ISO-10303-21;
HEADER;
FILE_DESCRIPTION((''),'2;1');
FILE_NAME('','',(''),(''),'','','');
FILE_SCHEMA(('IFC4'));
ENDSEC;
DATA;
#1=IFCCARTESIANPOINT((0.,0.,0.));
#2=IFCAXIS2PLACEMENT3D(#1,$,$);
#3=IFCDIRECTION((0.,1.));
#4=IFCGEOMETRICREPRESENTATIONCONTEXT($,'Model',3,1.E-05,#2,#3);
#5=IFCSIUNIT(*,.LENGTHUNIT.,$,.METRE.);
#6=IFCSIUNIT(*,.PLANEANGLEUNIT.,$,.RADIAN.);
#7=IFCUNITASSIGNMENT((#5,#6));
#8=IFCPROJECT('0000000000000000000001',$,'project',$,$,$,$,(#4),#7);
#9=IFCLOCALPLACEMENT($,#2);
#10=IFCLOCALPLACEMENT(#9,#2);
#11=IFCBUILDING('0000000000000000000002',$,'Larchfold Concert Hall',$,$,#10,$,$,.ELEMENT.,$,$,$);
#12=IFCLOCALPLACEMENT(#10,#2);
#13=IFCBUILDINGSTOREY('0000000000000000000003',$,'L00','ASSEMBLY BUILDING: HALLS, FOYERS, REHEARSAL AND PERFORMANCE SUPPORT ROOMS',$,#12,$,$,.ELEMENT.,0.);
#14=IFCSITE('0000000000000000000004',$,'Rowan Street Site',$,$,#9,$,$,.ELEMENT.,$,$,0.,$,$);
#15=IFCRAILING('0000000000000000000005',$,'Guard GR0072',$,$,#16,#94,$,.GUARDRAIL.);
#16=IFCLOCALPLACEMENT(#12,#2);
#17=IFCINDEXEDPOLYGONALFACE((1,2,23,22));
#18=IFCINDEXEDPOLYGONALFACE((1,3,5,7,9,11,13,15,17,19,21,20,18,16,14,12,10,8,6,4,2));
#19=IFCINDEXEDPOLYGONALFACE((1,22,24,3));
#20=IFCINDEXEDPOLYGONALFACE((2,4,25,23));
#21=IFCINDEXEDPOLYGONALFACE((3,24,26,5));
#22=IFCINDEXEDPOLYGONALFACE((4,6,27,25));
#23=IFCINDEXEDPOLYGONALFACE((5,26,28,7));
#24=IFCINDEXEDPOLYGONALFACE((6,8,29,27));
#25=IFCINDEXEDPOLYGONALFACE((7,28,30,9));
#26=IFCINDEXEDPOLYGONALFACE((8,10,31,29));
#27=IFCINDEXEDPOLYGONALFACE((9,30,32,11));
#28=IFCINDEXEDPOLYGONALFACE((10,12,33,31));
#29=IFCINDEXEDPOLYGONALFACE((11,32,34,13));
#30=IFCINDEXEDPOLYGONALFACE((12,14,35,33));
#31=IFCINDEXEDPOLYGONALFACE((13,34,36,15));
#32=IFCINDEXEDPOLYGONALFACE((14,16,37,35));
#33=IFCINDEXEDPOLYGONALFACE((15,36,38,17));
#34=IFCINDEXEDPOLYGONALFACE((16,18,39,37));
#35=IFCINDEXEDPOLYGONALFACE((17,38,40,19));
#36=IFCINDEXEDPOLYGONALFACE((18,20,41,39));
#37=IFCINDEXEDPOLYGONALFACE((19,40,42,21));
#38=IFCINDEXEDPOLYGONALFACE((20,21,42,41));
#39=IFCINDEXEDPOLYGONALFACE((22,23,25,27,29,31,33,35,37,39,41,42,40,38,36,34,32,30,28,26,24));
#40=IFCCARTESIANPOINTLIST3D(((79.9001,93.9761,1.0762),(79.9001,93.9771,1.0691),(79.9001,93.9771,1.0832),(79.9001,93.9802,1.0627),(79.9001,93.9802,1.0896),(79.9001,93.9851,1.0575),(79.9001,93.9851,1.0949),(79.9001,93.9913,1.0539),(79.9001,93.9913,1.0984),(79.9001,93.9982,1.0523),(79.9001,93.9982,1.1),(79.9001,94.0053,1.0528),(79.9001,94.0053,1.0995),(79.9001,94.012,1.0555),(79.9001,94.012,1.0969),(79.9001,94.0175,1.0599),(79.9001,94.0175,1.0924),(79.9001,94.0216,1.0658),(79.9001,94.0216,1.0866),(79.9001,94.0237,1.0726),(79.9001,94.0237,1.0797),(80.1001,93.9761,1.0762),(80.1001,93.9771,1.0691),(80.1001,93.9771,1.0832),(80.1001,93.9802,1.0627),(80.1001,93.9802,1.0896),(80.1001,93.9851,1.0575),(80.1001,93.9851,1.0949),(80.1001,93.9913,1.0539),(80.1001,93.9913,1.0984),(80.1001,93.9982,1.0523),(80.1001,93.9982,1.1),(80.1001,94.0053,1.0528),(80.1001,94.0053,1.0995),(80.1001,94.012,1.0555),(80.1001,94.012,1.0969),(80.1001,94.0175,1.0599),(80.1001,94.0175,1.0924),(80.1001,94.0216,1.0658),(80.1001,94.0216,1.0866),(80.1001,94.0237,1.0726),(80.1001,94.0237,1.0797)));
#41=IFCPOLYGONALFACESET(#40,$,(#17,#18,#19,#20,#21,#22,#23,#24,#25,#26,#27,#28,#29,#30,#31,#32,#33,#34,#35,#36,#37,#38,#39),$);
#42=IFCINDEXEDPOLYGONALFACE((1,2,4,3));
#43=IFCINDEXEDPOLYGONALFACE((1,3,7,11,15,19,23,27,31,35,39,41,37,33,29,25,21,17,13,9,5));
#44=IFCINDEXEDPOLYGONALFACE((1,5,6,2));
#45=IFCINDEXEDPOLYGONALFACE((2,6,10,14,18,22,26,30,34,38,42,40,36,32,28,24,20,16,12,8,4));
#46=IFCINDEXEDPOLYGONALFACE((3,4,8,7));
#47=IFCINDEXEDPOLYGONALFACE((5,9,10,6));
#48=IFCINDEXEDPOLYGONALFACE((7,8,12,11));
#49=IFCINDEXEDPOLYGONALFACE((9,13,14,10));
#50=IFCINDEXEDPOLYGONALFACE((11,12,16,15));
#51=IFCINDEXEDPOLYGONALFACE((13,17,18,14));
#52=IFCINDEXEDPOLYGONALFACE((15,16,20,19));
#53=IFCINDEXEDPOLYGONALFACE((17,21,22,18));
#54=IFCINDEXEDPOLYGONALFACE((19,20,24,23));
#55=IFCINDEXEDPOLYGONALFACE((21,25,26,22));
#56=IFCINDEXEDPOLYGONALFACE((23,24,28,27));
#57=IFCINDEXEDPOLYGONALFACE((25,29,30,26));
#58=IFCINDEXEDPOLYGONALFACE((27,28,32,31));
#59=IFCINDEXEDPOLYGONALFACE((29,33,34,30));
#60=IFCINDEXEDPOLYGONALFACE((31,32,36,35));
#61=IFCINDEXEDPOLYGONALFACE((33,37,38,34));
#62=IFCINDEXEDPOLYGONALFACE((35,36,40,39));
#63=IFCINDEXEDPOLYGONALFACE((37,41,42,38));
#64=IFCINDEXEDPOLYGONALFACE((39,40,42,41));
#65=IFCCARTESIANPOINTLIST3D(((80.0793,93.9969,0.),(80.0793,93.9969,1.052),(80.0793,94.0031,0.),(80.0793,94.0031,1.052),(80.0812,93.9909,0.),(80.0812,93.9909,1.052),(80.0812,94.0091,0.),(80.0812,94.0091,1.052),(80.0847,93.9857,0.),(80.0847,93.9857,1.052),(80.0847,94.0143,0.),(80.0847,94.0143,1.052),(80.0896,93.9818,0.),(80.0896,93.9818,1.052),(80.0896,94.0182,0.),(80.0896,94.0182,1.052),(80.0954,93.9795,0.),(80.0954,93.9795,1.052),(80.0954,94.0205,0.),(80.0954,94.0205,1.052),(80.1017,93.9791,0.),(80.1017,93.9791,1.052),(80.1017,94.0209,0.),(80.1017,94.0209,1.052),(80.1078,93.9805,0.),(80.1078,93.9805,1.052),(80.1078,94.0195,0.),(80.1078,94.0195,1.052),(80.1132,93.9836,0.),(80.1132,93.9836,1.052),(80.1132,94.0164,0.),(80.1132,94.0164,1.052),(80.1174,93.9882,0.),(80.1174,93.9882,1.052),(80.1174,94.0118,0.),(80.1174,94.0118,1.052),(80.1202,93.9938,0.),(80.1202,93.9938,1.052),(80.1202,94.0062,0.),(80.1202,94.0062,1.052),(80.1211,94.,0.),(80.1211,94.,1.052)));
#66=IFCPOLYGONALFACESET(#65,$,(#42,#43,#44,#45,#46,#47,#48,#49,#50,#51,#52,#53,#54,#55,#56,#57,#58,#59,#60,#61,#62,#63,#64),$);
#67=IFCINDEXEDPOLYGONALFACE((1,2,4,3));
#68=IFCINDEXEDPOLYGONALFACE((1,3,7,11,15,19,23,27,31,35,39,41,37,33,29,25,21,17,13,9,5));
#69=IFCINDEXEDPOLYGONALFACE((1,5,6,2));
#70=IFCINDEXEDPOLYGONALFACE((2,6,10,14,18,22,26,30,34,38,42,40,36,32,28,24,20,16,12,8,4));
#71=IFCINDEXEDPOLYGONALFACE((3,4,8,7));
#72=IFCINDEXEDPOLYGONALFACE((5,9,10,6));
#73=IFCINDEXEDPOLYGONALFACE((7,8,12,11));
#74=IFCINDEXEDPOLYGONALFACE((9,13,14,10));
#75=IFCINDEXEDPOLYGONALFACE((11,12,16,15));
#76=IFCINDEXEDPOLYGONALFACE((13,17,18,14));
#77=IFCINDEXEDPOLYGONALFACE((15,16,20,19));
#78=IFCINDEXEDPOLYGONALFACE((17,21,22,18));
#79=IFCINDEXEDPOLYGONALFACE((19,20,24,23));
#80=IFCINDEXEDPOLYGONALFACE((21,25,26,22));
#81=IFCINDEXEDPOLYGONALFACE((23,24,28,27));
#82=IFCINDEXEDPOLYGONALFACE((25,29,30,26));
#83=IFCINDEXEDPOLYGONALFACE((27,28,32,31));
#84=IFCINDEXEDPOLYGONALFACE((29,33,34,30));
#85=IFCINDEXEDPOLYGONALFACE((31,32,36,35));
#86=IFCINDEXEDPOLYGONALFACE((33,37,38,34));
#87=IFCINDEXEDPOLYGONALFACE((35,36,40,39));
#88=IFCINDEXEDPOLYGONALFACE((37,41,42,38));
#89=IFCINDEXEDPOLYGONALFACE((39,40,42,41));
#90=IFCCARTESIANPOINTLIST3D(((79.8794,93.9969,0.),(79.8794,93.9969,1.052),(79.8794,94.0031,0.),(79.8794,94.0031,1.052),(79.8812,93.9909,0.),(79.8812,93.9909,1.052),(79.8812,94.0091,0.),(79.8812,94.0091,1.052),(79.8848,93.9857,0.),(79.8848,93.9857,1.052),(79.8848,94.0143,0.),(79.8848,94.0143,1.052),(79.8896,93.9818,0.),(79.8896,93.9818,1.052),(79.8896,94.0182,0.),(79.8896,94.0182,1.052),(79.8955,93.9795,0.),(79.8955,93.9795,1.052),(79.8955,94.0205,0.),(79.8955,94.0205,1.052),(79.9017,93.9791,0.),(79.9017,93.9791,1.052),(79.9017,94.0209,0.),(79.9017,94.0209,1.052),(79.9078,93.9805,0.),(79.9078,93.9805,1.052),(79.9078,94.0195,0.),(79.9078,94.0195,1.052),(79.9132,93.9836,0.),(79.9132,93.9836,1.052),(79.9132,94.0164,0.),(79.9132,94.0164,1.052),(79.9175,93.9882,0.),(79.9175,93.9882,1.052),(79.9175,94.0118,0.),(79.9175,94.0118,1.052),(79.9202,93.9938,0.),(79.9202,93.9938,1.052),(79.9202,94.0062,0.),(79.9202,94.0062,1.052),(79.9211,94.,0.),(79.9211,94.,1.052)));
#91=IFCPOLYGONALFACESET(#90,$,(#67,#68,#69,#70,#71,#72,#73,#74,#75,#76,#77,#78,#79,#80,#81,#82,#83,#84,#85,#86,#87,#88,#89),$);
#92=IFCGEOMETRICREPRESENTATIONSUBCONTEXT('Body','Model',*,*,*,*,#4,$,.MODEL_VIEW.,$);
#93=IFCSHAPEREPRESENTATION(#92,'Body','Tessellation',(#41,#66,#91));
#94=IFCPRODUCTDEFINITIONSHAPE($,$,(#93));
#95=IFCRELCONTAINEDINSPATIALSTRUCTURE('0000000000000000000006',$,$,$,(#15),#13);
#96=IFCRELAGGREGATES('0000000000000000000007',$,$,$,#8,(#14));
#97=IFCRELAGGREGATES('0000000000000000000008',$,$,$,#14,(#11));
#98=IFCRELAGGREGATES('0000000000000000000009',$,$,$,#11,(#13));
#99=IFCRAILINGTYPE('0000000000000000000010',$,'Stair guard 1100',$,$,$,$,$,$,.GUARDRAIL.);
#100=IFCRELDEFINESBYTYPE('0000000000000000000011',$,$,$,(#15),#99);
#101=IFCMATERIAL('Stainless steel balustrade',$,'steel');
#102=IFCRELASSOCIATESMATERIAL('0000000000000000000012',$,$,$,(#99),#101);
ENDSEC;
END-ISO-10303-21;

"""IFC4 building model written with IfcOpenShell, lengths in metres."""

from ifc_helpers import new_model, si_unit, direction, frame, origin, origin_2d, place, context, subcontext, project, spatial, circle, extrude, material, type_object, element, save


model = new_model("IFC4")

# Units and contexts
model_context = context("Model", 3, precision=1e-05, world=origin(), true_north=direction((0.0, 1.0)))
body_context = subcontext(model_context, "Body", "Model", "MODEL_VIEW")
ifc_project = project(units=[si_unit("LENGTHUNIT", "METRE"), si_unit("PLANEANGLEUNIT", "RADIAN")], contexts=[model_context])

# Site, building, storey
site_placement = place(None, origin())
site = spatial("IfcSite", under=ifc_project, at=site_placement, Name="Rowan Street Site", CompositionType="ELEMENT", RefElevation=0.0)
building_placement = place(site_placement, origin())
building = spatial("IfcBuilding", under=site, at=building_placement, Name="Larchfold Concert Hall", CompositionType="ELEMENT")
storey_placement = place(building_placement, origin())
storey = spatial("IfcBuildingStorey", under=building, at=storey_placement, Name="L00", Description="ASSEMBLY BUILDING: HALLS, FOYERS, REHEARSAL AND PERFORMANCE SUPPORT ROOMS", CompositionType="ELEMENT", Elevation=0.0)

# Railing
ifc_material_1 = material(Name="Stainless steel balustrade", Category="steel")
railing_type_1 = type_object("IfcRailingType", Name="Stair guard 1100", PredefinedType="GUARDRAIL", material=ifc_material_1)
railing_1_placement = place(storey_placement, frame((80.1001, 94.0, 0.0)))
element("IfcRailing", 1, at=railing_1_placement, inside=storey, type_object=railing_type_1, Name="Guard GR0072", PredefinedType="GUARDRAIL", context=body_context, shape_type="SweptSolid", body=[
    extrude(circle(Radius=0.0239, at=origin_2d()), frame((0.0, 0.0, 1.0762), z_axis=(-1.0, 0.0, 0.0), x_axis=(0.0, -1.0, 0.0)), (0.0, 0.0, 1.0), 0.2),
    extrude(circle(Radius=0.021, at=origin_2d()), origin(), (0.0, 0.0, 1.0), 1.052),
    extrude(circle(Radius=0.021, at=origin_2d()), frame((-0.2, 0.0, 0.0)), (0.0, 0.0, 1.0), 1.052),
])

save(model, "model.ifc")
